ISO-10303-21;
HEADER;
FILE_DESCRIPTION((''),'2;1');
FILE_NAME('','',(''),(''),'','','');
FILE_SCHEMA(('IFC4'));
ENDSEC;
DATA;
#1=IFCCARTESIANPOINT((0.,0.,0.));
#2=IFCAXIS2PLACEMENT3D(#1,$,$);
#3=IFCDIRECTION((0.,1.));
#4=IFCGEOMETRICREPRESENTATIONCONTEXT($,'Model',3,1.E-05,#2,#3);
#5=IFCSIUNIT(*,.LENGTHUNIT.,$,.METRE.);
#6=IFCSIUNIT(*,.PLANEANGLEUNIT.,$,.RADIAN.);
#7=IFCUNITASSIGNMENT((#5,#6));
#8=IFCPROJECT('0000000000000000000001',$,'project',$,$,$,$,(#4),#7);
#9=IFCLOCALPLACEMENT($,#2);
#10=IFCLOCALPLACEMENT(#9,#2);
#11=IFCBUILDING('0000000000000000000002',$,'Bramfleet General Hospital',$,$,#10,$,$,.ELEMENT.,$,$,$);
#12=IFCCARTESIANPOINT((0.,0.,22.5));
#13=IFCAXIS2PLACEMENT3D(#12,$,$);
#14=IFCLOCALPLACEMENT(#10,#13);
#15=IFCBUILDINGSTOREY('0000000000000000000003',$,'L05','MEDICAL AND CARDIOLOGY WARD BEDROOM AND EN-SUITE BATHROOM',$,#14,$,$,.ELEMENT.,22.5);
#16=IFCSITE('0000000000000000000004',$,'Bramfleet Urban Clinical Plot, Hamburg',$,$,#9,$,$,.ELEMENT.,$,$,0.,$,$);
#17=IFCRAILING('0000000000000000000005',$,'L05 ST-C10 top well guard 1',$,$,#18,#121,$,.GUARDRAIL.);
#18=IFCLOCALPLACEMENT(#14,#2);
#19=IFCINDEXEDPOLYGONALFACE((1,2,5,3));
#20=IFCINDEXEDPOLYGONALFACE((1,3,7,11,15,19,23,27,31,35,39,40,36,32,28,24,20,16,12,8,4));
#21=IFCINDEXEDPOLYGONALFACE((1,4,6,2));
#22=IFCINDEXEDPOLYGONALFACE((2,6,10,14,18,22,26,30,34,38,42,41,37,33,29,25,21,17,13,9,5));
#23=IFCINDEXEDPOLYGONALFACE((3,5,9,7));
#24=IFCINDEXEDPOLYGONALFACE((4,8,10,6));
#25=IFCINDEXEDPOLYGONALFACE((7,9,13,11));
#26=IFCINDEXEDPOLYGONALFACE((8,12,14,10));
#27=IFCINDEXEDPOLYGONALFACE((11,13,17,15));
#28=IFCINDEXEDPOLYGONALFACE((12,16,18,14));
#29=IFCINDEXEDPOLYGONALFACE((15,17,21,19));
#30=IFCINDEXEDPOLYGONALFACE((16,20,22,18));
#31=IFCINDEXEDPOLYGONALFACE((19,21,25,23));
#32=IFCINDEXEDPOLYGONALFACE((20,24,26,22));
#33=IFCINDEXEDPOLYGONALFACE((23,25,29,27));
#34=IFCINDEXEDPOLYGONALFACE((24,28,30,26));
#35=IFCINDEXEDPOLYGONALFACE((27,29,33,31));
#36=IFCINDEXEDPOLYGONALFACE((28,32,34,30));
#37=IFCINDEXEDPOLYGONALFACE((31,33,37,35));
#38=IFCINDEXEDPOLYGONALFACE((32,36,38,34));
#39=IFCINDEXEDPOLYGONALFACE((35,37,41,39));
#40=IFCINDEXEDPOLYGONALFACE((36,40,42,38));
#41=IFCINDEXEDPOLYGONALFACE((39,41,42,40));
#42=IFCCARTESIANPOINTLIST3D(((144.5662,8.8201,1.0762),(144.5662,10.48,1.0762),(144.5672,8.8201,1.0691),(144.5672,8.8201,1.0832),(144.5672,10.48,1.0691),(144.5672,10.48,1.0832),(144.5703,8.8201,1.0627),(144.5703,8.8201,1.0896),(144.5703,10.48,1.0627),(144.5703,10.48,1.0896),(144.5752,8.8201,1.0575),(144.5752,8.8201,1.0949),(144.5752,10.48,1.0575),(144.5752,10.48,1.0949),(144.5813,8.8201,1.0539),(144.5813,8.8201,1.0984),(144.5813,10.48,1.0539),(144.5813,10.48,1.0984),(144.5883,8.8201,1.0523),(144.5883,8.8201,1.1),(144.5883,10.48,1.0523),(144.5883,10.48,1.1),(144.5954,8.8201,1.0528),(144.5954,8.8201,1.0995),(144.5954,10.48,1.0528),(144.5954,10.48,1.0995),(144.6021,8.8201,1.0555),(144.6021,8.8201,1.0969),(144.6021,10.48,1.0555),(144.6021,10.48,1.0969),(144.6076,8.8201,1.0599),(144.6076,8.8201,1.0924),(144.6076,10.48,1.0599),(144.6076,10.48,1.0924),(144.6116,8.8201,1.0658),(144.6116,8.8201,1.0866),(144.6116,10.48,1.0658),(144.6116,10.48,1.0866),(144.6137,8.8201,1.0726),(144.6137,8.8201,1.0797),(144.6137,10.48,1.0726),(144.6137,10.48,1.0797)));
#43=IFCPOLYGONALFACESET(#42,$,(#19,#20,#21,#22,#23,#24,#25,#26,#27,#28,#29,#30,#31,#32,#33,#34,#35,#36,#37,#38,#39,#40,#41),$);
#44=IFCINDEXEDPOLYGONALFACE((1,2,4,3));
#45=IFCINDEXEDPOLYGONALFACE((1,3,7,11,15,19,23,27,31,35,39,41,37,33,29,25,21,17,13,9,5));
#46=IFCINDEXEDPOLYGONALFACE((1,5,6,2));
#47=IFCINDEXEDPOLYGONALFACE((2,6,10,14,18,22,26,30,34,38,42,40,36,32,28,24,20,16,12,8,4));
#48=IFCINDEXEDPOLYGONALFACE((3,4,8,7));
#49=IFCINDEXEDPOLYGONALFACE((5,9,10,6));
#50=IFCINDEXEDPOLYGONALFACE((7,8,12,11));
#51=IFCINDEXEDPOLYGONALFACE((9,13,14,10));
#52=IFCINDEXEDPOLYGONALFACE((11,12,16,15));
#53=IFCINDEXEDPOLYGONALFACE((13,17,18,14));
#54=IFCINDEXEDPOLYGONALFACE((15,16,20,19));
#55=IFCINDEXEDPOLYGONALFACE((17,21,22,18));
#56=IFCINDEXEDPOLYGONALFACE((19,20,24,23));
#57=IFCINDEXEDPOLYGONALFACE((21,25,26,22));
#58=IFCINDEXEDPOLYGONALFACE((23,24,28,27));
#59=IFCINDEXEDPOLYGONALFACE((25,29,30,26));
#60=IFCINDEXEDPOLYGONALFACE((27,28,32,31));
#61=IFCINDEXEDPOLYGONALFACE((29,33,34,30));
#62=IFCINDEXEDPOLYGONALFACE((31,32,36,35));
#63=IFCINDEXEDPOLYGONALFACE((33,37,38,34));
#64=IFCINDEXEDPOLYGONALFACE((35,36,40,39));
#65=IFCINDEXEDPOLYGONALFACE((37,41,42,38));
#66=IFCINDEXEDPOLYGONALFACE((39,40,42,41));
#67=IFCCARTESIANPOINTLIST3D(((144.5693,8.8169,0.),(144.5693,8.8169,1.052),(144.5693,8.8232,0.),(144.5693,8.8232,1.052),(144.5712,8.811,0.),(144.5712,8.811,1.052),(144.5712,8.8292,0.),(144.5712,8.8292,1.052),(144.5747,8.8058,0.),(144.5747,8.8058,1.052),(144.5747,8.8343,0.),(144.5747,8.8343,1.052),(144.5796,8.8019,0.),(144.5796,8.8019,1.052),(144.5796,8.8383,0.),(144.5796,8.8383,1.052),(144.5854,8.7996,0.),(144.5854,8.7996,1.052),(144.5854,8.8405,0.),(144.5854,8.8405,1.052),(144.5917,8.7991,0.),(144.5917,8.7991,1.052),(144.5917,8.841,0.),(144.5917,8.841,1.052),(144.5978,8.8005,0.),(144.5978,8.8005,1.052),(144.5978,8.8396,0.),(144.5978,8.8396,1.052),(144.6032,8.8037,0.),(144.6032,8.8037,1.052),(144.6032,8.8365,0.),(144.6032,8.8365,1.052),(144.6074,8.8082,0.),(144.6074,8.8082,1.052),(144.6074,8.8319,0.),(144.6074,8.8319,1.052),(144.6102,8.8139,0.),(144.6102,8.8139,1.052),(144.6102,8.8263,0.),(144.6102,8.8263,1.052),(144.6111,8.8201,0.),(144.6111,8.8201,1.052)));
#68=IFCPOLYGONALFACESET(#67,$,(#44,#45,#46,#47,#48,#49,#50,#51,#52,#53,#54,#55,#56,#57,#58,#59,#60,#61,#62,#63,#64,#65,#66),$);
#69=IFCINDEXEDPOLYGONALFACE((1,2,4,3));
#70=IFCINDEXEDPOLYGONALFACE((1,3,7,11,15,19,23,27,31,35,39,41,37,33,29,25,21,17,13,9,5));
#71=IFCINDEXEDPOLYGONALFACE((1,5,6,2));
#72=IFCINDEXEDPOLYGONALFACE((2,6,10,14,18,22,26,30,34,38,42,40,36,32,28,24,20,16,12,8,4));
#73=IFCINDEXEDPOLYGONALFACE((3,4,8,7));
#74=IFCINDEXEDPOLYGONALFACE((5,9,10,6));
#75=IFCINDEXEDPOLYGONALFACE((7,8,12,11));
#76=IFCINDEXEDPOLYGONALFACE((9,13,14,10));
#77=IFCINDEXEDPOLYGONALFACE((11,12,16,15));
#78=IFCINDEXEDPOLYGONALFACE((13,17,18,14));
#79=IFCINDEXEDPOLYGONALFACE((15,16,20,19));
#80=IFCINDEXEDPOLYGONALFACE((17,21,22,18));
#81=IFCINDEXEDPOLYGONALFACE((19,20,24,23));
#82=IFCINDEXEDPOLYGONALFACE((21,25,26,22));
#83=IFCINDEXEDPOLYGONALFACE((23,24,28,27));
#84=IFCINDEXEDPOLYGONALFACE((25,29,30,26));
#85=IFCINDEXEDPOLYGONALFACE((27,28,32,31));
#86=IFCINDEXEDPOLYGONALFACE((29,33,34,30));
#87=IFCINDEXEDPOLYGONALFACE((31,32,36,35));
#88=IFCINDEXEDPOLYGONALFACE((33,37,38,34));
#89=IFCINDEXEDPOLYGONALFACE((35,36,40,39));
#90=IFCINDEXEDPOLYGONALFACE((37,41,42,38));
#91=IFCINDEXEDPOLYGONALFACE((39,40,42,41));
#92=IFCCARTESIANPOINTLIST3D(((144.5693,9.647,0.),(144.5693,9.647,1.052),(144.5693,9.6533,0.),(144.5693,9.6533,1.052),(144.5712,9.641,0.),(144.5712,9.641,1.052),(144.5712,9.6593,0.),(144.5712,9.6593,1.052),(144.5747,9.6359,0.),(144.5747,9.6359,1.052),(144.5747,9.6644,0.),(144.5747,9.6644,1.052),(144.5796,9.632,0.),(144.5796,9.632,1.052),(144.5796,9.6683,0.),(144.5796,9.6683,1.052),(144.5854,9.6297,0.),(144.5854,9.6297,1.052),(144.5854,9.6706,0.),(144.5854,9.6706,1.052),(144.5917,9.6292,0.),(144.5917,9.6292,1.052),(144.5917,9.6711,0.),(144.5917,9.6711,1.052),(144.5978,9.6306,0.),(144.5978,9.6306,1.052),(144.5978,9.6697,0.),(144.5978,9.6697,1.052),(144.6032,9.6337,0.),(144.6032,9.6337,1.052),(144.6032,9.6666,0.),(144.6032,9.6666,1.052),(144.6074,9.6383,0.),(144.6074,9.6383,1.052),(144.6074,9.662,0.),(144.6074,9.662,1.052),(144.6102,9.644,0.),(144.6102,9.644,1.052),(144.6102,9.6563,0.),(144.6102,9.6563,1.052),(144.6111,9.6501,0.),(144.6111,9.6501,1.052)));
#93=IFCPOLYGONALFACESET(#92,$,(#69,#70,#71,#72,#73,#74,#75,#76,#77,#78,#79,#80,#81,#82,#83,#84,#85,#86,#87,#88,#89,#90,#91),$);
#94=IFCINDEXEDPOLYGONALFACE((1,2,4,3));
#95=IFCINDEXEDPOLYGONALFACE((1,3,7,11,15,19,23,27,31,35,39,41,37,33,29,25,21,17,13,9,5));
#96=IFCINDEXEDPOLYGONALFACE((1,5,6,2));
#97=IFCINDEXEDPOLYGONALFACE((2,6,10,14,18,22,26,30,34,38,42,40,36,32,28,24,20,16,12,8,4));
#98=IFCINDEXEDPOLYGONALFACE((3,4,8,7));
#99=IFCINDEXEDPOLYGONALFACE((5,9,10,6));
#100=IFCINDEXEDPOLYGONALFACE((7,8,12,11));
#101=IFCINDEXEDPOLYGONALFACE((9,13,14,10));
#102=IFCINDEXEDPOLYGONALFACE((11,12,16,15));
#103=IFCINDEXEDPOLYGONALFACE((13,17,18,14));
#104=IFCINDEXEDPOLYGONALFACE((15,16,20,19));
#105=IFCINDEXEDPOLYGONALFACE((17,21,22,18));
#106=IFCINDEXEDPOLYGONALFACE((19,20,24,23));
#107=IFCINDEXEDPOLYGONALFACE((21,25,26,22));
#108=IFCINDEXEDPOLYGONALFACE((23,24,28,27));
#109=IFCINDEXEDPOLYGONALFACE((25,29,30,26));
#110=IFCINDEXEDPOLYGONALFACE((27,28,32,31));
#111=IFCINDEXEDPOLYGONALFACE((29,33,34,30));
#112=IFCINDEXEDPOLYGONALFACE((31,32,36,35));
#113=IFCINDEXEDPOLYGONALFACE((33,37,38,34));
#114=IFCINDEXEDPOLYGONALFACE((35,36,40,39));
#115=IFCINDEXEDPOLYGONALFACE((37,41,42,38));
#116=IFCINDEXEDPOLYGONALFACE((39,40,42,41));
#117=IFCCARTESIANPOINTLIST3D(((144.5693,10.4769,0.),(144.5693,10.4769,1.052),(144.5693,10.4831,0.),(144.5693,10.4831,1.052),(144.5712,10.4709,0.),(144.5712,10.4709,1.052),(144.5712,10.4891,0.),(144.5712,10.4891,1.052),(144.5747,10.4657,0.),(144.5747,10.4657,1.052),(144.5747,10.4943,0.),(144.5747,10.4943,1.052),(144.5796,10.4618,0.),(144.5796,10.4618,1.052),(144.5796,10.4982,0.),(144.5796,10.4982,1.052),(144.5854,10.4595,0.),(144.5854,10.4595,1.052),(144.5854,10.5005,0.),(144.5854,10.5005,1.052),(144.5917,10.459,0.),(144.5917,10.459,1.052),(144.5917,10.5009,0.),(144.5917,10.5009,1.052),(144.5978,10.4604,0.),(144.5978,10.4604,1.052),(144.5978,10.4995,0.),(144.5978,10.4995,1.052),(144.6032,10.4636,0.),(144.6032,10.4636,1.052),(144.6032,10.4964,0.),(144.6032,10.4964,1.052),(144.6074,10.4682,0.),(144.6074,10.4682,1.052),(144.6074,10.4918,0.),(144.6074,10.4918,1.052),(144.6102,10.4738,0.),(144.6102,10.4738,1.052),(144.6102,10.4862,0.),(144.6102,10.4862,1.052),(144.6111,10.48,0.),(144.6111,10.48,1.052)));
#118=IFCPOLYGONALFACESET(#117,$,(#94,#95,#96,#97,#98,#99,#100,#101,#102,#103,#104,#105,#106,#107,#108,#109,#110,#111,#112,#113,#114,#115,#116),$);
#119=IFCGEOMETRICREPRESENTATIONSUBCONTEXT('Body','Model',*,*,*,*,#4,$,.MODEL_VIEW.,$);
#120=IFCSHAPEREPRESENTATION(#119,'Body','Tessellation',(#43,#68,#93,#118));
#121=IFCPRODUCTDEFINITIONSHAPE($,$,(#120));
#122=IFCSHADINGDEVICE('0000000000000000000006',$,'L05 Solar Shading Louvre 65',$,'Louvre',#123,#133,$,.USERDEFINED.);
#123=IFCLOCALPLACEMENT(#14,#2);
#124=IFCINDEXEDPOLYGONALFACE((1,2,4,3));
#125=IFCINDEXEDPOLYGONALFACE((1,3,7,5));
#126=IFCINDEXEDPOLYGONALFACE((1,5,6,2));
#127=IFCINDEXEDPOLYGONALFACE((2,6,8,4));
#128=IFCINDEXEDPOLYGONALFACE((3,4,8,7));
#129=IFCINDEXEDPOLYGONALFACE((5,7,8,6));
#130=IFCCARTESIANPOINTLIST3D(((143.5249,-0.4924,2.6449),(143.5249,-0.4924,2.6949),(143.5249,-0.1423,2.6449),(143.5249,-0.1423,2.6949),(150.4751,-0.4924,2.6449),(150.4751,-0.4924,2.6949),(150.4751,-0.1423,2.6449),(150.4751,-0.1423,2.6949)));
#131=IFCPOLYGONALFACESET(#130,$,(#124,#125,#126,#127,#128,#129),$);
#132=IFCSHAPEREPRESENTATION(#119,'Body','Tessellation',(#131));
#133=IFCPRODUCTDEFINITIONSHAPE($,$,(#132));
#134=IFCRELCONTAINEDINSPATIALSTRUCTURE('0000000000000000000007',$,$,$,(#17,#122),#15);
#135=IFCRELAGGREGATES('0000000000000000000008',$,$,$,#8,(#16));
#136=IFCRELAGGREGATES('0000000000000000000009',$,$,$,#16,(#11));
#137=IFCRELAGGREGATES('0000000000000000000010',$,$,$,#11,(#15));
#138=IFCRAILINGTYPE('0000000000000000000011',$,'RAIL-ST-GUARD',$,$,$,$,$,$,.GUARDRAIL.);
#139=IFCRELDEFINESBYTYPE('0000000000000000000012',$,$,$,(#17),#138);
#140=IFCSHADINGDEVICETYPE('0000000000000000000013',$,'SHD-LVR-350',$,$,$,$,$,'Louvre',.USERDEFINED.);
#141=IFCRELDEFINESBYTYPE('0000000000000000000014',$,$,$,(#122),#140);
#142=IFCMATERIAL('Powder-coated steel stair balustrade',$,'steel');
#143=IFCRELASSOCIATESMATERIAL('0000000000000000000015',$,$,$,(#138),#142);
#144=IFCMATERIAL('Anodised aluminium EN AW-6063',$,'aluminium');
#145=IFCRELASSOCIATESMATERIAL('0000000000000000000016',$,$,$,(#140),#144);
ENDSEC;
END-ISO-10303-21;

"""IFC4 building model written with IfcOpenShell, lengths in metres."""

from ifc_helpers import new_model, si_unit, direction, frame, origin, origin_2d, place, context, subcontext, project, spatial, rectangle, circle, extrude, material, material_profile, profile_set, type_object, element, save


model = new_model("IFC4")

# Units and contexts
model_context = context("Model", 3, precision=1e-05, world=origin(), true_north=direction((0.0, 1.0)))
body_context = subcontext(model_context, "Body", "Model", "MODEL_VIEW")
ifc_project = project(units=[si_unit("LENGTHUNIT", "METRE"), si_unit("PLANEANGLEUNIT", "RADIAN")], contexts=[model_context])

# Site, building, storey
site_placement = place(None, origin())
site = spatial("IfcSite", under=ifc_project, at=site_placement, Name="Bramfleet Urban Clinical Plot, Hamburg", CompositionType="ELEMENT", RefElevation=0.0)
building_placement = place(site_placement, origin())
building = spatial("IfcBuilding", under=site, at=building_placement, Name="Bramfleet General Hospital", CompositionType="ELEMENT")
storey_placement = place(building_placement, frame((0.0, 0.0, 22.5)))
storey = spatial("IfcBuildingStorey", under=building, at=storey_placement, Name="L05", Description="MEDICAL AND CARDIOLOGY WARD BEDROOM AND EN-SUITE BATHROOM", CompositionType="ELEMENT", Elevation=22.5)

# Railing
ifc_material_1 = material(Name="Powder-coated steel stair balustrade", Category="steel")
railing_type = type_object("IfcRailingType", Name="RAIL-ST-GUARD", PredefinedType="GUARDRAIL", material=ifc_material_1)
railing_placement = place(storey_placement, frame((144.5901, 8.8201, 0.0)))
element("IfcRailing", 1, at=railing_placement, inside=storey, type_object=railing_type, Name="L05 ST-C10 top well guard 1", PredefinedType="GUARDRAIL", context=body_context, shape_type="SweptSolid", body=[
    extrude(circle(Radius=0.0239, at=origin_2d()), frame((0.0, 0.0, 1.0762), z_axis=(0.0, 1.0, 0.0), x_axis=(-1.0, 0.0, 0.0)), (0.0, 0.0, 1.0), 1.6599),
    extrude(circle(Radius=0.021, at=origin_2d()), origin(), (0.0, 0.0, 1.0), 1.052),
    extrude(circle(Radius=0.021, at=origin_2d()), frame((0.0, 0.8301, 0.0)), (0.0, 0.0, 1.0), 1.052),
    extrude(circle(Radius=0.021, at=origin_2d()), frame((0.0, 1.6599, 0.0)), (0.0, 0.0, 1.0), 1.052),
])

# Shading device
ifc_material_2 = material(Name="Anodised aluminium EN AW-6063", Category="aluminium")
ifc_material_profile_1 = material_profile(ifc_material_2, rectangle(XDim=0.05, YDim=0.3501, at=origin_2d()), Name="ALU LOUVRE 350x50")
ifc_profile_set_1 = profile_set([ifc_material_profile_1], Name="Anodised aluminium EN AW-6063")
shading_device_type = type_object("IfcShadingDeviceType", Name="SHD-LVR-350", ElementType="Louvre", PredefinedType="USERDEFINED", material=ifc_profile_set_1)
shading_device_placement = place(storey_placement, frame((150.4751, -0.3174, 2.6699), z_axis=(-1.0, 0.0, 0.0), x_axis=(0.0, 0.0, 1.0)))
element("IfcShadingDevice", 2, at=shading_device_placement, inside=storey, type_object=shading_device_type, Name="L05 Solar Shading Louvre 65", ObjectType="Louvre", PredefinedType="USERDEFINED", context=body_context, shape_type="SweptSolid", body=[
    extrude(rectangle(XDim=0.05, YDim=0.3501, at=origin_2d()), origin(), (0.0, 0.0, 1.0), 6.9502),
])

save(model, "model.ifc")
